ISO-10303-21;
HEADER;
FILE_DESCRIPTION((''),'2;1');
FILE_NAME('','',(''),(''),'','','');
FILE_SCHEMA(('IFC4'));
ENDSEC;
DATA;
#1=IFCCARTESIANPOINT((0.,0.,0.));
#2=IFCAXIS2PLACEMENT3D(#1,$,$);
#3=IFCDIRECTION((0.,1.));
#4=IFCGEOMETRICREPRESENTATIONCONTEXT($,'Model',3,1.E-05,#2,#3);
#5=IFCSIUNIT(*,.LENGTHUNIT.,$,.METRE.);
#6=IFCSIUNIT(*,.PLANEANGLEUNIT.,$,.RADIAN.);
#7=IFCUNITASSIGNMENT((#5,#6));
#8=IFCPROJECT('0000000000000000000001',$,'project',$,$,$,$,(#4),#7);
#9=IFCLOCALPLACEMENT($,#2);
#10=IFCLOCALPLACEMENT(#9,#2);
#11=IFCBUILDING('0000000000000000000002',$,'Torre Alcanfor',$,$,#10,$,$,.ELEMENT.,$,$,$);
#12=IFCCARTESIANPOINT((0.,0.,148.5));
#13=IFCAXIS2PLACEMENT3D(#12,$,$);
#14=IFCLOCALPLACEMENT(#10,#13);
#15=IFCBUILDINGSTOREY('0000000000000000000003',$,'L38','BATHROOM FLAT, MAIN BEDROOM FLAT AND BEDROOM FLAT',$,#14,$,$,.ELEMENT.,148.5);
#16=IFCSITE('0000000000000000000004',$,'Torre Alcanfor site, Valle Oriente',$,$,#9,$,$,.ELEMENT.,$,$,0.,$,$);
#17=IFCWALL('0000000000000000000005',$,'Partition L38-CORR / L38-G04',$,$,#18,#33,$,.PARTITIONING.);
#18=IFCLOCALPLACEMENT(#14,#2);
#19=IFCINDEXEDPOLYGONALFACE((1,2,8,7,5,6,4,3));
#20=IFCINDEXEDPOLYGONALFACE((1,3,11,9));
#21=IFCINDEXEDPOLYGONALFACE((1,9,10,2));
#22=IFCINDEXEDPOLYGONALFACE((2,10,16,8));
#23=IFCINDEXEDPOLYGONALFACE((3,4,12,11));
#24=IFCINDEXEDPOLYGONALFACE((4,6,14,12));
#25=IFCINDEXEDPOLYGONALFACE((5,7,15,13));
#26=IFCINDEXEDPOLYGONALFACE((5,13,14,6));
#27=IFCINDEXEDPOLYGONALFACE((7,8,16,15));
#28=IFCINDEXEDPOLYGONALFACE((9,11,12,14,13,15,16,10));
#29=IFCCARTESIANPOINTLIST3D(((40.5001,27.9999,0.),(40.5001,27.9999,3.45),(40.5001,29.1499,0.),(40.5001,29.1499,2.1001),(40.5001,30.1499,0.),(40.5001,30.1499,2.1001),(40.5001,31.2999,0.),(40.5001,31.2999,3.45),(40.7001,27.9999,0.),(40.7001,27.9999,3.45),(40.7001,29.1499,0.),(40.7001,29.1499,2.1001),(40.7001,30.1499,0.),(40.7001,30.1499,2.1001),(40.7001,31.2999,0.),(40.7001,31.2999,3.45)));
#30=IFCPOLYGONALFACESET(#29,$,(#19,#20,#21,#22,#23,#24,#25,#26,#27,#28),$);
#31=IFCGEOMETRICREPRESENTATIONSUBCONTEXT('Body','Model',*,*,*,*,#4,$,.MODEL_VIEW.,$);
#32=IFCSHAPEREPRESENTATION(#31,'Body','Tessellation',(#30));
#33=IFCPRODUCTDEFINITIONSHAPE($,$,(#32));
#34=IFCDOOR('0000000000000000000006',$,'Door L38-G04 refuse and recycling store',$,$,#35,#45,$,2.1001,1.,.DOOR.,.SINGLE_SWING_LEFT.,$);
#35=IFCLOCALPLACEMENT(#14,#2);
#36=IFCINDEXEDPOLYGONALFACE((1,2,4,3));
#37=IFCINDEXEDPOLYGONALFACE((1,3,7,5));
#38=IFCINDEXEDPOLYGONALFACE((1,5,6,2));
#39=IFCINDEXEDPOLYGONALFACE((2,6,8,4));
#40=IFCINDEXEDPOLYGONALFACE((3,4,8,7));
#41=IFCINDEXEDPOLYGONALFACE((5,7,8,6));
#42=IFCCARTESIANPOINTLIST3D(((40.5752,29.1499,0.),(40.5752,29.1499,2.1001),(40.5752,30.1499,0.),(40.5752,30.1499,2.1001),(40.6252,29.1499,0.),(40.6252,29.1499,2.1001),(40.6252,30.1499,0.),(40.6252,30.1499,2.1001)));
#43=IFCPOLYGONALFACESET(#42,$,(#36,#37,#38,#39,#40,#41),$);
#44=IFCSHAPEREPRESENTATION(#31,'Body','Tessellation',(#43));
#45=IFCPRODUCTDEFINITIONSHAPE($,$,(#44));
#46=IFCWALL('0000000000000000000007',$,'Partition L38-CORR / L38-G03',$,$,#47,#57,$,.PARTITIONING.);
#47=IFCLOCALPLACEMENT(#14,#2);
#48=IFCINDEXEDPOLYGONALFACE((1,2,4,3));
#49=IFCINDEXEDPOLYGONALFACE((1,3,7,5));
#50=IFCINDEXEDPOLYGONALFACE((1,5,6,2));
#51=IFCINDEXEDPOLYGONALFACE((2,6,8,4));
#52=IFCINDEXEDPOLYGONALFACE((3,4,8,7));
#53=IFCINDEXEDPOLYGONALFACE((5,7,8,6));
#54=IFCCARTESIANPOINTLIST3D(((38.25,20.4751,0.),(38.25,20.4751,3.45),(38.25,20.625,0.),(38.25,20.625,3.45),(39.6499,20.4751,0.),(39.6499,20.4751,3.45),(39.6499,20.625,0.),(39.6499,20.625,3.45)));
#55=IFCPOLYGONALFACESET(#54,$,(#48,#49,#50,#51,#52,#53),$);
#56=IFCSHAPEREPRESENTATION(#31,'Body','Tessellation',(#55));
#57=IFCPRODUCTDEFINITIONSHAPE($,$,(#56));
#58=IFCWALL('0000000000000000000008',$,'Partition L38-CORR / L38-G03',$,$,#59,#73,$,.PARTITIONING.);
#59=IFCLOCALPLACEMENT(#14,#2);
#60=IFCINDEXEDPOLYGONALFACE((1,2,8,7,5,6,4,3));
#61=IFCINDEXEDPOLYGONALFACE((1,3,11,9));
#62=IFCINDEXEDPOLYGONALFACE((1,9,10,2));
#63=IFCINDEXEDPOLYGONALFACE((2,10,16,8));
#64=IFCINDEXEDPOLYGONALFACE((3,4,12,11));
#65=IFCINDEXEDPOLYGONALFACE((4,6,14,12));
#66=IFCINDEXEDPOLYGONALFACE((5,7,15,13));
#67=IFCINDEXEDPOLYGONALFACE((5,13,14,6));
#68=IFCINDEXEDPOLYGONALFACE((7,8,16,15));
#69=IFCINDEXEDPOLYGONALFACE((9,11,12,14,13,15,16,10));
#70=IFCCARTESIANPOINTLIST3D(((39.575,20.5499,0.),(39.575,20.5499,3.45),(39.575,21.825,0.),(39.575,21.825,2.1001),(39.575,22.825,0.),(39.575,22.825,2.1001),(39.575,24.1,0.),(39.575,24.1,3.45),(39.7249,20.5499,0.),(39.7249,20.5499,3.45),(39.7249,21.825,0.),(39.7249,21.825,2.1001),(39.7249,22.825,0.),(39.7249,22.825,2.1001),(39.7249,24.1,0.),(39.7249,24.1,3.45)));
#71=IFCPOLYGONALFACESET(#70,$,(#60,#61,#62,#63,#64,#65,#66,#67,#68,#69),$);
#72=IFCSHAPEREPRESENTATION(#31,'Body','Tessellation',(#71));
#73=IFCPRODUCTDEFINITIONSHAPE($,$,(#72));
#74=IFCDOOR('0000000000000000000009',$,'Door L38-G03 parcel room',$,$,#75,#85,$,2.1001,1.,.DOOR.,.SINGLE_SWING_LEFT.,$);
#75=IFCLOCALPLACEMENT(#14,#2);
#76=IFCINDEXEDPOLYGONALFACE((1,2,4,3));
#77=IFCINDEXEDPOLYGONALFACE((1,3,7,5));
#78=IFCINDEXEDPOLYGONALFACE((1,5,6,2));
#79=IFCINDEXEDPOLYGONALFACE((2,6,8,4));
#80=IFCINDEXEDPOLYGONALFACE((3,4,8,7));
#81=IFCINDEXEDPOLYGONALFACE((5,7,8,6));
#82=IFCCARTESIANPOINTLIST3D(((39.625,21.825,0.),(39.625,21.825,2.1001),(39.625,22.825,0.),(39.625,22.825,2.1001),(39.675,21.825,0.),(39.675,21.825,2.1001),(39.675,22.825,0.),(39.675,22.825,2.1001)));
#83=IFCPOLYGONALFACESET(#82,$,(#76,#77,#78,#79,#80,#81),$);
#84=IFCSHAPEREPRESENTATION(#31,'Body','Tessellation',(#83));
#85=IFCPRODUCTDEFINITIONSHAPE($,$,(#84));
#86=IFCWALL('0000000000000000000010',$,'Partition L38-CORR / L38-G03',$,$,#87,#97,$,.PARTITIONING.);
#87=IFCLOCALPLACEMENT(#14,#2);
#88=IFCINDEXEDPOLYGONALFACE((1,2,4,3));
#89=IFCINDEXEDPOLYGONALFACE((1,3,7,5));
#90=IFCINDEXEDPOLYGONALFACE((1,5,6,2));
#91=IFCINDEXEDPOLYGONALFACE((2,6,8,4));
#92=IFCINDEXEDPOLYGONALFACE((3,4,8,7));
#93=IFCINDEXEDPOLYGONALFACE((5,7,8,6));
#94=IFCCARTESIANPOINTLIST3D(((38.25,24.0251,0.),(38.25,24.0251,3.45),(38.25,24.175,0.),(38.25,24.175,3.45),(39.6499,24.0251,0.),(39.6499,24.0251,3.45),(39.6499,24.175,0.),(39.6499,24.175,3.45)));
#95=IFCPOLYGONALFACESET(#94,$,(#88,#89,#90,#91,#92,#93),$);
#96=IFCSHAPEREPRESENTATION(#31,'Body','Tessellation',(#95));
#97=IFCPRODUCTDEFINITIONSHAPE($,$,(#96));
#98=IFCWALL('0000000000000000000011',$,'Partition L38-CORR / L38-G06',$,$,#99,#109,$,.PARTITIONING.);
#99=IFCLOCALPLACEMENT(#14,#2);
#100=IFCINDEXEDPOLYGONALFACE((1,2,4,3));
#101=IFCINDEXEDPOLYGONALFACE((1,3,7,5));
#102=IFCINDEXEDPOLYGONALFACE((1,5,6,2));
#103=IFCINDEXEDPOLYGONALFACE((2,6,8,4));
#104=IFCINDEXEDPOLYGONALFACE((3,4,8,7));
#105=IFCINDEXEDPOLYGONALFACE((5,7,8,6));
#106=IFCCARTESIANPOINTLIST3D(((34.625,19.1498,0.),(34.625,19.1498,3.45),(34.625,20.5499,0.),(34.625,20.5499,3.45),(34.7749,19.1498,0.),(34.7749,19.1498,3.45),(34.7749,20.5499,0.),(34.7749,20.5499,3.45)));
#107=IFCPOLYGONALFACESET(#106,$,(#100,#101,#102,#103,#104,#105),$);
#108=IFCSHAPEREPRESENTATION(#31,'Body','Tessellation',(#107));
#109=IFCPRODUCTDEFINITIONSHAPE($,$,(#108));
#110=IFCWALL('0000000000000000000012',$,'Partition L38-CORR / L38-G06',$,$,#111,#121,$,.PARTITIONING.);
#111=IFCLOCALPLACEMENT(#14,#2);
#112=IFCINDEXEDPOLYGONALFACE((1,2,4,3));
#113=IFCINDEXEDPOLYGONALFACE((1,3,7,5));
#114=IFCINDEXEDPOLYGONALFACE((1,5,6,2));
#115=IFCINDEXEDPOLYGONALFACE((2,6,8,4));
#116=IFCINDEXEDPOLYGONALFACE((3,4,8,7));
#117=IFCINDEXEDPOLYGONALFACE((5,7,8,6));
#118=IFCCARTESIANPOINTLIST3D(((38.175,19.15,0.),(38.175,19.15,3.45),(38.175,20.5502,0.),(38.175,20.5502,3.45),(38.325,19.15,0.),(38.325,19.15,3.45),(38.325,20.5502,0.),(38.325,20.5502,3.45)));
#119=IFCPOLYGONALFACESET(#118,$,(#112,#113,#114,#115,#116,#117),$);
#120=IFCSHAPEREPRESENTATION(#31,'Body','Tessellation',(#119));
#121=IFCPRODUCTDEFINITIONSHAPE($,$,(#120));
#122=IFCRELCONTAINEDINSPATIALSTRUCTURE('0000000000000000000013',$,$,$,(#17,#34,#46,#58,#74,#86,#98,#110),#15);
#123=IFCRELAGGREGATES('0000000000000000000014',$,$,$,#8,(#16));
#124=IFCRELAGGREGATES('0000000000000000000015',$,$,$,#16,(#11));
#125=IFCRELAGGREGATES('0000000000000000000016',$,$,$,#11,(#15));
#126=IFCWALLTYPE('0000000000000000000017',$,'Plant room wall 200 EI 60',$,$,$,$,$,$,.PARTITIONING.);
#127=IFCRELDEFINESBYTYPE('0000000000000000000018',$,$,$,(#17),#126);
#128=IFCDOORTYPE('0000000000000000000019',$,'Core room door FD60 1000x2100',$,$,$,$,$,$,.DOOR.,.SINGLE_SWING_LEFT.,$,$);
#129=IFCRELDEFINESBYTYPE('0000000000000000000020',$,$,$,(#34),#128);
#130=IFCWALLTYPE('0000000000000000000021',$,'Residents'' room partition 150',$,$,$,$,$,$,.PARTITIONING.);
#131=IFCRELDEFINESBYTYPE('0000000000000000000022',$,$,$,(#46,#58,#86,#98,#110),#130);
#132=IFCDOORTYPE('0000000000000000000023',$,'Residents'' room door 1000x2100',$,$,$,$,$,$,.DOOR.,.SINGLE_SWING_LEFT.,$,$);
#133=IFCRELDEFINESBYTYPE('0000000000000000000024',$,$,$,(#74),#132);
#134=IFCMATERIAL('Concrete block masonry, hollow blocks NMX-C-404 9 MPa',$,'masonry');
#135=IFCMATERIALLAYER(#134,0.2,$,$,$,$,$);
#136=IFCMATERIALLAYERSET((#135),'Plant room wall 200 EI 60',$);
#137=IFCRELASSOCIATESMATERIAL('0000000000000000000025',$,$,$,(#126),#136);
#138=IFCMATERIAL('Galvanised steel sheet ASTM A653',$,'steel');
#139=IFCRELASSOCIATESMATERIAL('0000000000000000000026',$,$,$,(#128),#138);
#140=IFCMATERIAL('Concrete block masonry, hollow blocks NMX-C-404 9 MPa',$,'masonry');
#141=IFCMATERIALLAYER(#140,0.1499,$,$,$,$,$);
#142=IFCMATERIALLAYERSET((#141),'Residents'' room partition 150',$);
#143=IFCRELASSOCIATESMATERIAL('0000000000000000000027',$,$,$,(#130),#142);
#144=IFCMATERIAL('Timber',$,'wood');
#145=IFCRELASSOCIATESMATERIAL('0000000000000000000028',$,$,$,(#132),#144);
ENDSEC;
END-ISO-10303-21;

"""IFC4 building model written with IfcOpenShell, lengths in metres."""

from ifc_helpers import new_model, si_unit, direction, frame, frame_2d, origin, place, context, subcontext, project, spatial, rectangle, extrude, material, layer, layer_set, type_object, element, fill, save


model = new_model("IFC4")

# Units and contexts
model_context = context("Model", 3, precision=1e-05, world=origin(), true_north=direction((0.0, 1.0)))
body_context = subcontext(model_context, "Body", "Model", "MODEL_VIEW")
ifc_project = project(units=[si_unit("LENGTHUNIT", "METRE"), si_unit("PLANEANGLEUNIT", "RADIAN")], contexts=[model_context])

# Site, building, storey
site_placement = place(None, origin())
site = spatial("IfcSite", under=ifc_project, at=site_placement, Name="Torre Alcanfor site, Valle Oriente", CompositionType="ELEMENT", RefElevation=0.0)
building_placement = place(site_placement, origin())
building = spatial("IfcBuilding", under=site, at=building_placement, Name="Torre Alcanfor", CompositionType="ELEMENT")
storey_placement = place(building_placement, frame((0.0, 0.0, 148.5)))
storey = spatial("IfcBuildingStorey", under=building, at=storey_placement, Name="L38", Description="BATHROOM FLAT, MAIN BEDROOM FLAT AND BEDROOM FLAT", CompositionType="ELEMENT", Elevation=148.5)

# Shared definitions
ifc_material_1 = material(Name="Concrete block masonry, hollow blocks NMX-C-404 9 MPa", Category="masonry")
ifc_layer_1 = layer(ifc_material_1, 0.2)
ifc_layer_set_1 = layer_set([ifc_layer_1], Name="Plant room wall 200 EI 60")
wall_type_1 = type_object("IfcWallType", Name="Plant room wall 200 EI 60", PredefinedType="PARTITIONING", material=ifc_layer_set_1)

# Wall, opening, door
wall_1_placement = place(storey_placement, frame((40.6001, 28.0, 0.0), z_axis=(0.0, 0.0, 1.0), x_axis=(0.0, 1.0, 0.0)))
wall_1 = element("IfcWall", 1, at=wall_1_placement, inside=storey, type_object=wall_type_1, Name="Partition L38-CORR / L38-G04", PredefinedType="PARTITIONING", context=body_context, shape_type="SweptSolid", body=[
    extrude(rectangle(XDim=3.3, YDim=0.2, at=frame_2d((1.6499, 0.0))), origin(), (0.0, 0.0, 1.0), 3.45),
])
opening_1_placement = place(wall_1_placement, frame((1.1499, 0.0, 0.0)))
opening_1 = element("IfcOpeningElement", 2, at=opening_1_placement, cuts=wall_1, PredefinedType="OPENING", context=body_context, shape_type="SweptSolid", body=[
    extrude(rectangle(XDim=1.0, YDim=2.1001, at=frame_2d((0.5, 1.05))), frame((0.0, 0.1099, 0.0), z_axis=(0.0, -1.0, 0.0), x_axis=(1.0, 0.0, 0.0)), (0.0, 0.0, 1.0), 0.22),
])
ifc_material_2 = material(Name="Galvanised steel sheet ASTM A653", Category="steel")
door_type_1 = type_object("IfcDoorType", Name="Core room door FD60 1000x2100", OperationType="SINGLE_SWING_LEFT", PredefinedType="DOOR", material=ifc_material_2)
door_1_placement = place(opening_1_placement, origin())
door_1 = element("IfcDoor", 3, at=door_1_placement, inside=storey, type_object=door_type_1, Name="Door L38-G04 refuse and recycling store", OperationType="SINGLE_SWING_LEFT", OverallHeight=2.1001, OverallWidth=1.0, PredefinedType="DOOR", context=body_context, shape_type="SweptSolid", body=[
    extrude(rectangle(XDim=1.0, YDim=2.1001, at=frame_2d((0.5, 1.05))), frame((0.0, 0.0249, 0.0), z_axis=(0.0, -1.0, 0.0), x_axis=(1.0, 0.0, 0.0)), (0.0, 0.0, 1.0), 0.05),
])
fill(opening_1, door_1)

# Wall
ifc_material_3 = material(Name="Concrete block masonry, hollow blocks NMX-C-404 9 MPa", Category="masonry")
ifc_layer_2 = layer(ifc_material_3, 0.1499)
ifc_layer_set_2 = layer_set([ifc_layer_2], Name="Residents' room partition 150")
wall_type_2 = type_object("IfcWallType", Name="Residents' room partition 150", PredefinedType="PARTITIONING", material=ifc_layer_set_2)
wall_2_placement = place(storey_placement, frame((38.25, 20.55, 0.0), z_axis=(0.0, 0.0, 1.0), x_axis=(1.0, 0.0, 0.0)))
element("IfcWall", 4, at=wall_2_placement, inside=storey, type_object=wall_type_2, Name="Partition L38-CORR / L38-G03", PredefinedType="PARTITIONING", context=body_context, shape_type="SweptSolid", body=[
    extrude(rectangle(XDim=1.3999, YDim=0.1499, at=frame_2d((0.7, 0.0))), origin(), (0.0, 0.0, 1.0), 3.45),
])

# Wall, opening, door
wall_3_placement = place(storey_placement, frame((39.6499, 20.55, 0.0), z_axis=(0.0, 0.0, 1.0), x_axis=(0.0, 1.0, 0.0)))
wall_3 = element("IfcWall", 5, at=wall_3_placement, inside=storey, type_object=wall_type_2, Name="Partition L38-CORR / L38-G03", PredefinedType="PARTITIONING", context=body_context, shape_type="SweptSolid", body=[
    extrude(rectangle(XDim=3.55, YDim=0.1499, at=frame_2d((1.7749, 0.0))), origin(), (0.0, 0.0, 1.0), 3.45),
])
opening_2_placement = place(wall_3_placement, frame((1.2749, 0.0, 0.0)))
opening_2 = element("IfcOpeningElement", 6, at=opening_2_placement, cuts=wall_3, PredefinedType="OPENING", context=body_context, shape_type="SweptSolid", body=[
    extrude(rectangle(XDim=1.0, YDim=2.1001, at=frame_2d((0.5, 1.05))), frame((0.0, 0.085, 0.0), z_axis=(0.0, -1.0, 0.0), x_axis=(1.0, 0.0, 0.0)), (0.0, 0.0, 1.0), 0.1699),
])
ifc_material_4 = material(Name="Timber", Category="wood")
door_type_2 = type_object("IfcDoorType", Name="Residents' room door 1000x2100", OperationType="SINGLE_SWING_LEFT", PredefinedType="DOOR", material=ifc_material_4)
door_2_placement = place(opening_2_placement, origin())
door_2 = element("IfcDoor", 7, at=door_2_placement, inside=storey, type_object=door_type_2, Name="Door L38-G03 parcel room", OperationType="SINGLE_SWING_LEFT", OverallHeight=2.1001, OverallWidth=1.0, PredefinedType="DOOR", context=body_context, shape_type="SweptSolid", body=[
    extrude(rectangle(XDim=1.0, YDim=2.1001, at=frame_2d((0.5, 1.05))), frame((0.0, 0.0249, 0.0), z_axis=(0.0, -1.0, 0.0), x_axis=(1.0, 0.0, 0.0)), (0.0, 0.0, 1.0), 0.05),
])
fill(opening_2, door_2)

# Walls
wall_4_placement = place(storey_placement, frame((39.6499, 24.1001, 0.0), z_axis=(0.0, 0.0, 1.0), x_axis=(-1.0, 0.0, 0.0)))
element("IfcWall", 8, at=wall_4_placement, inside=storey, type_object=wall_type_2, Name="Partition L38-CORR / L38-G03", PredefinedType="PARTITIONING", context=body_context, shape_type="SweptSolid", body=[
    extrude(rectangle(XDim=1.3999, YDim=0.1499, at=frame_2d((0.7, 0.0))), origin(), (0.0, 0.0, 1.0), 3.45),
])
for number, where, z_axis, x_axis, name in (
    (9, (34.7, 20.55, 0.0), (0.0, 0.0, 1.0), (0.0, -1.0, 0.0), "Partition L38-CORR / L38-G06"),
    (10, (38.25, 19.1499, 0.0), (0.0, 0.0, 1.0), (0.0, 1.0, 0.0), "Partition L38-CORR / L38-G06"),
):
    element("IfcWall", number, at=place(storey_placement, frame(where, z_axis=z_axis, x_axis=x_axis)), inside=storey, type_object=wall_type_2, Name=name, PredefinedType="PARTITIONING", context=body_context, shape_type="SweptSolid", body=[
        extrude(rectangle(XDim=1.4001, YDim=0.1499, at=frame_2d((0.7002, 0.0))), origin(), (0.0, 0.0, 1.0), 3.45),
    ])

save(model, "model.ifc")
